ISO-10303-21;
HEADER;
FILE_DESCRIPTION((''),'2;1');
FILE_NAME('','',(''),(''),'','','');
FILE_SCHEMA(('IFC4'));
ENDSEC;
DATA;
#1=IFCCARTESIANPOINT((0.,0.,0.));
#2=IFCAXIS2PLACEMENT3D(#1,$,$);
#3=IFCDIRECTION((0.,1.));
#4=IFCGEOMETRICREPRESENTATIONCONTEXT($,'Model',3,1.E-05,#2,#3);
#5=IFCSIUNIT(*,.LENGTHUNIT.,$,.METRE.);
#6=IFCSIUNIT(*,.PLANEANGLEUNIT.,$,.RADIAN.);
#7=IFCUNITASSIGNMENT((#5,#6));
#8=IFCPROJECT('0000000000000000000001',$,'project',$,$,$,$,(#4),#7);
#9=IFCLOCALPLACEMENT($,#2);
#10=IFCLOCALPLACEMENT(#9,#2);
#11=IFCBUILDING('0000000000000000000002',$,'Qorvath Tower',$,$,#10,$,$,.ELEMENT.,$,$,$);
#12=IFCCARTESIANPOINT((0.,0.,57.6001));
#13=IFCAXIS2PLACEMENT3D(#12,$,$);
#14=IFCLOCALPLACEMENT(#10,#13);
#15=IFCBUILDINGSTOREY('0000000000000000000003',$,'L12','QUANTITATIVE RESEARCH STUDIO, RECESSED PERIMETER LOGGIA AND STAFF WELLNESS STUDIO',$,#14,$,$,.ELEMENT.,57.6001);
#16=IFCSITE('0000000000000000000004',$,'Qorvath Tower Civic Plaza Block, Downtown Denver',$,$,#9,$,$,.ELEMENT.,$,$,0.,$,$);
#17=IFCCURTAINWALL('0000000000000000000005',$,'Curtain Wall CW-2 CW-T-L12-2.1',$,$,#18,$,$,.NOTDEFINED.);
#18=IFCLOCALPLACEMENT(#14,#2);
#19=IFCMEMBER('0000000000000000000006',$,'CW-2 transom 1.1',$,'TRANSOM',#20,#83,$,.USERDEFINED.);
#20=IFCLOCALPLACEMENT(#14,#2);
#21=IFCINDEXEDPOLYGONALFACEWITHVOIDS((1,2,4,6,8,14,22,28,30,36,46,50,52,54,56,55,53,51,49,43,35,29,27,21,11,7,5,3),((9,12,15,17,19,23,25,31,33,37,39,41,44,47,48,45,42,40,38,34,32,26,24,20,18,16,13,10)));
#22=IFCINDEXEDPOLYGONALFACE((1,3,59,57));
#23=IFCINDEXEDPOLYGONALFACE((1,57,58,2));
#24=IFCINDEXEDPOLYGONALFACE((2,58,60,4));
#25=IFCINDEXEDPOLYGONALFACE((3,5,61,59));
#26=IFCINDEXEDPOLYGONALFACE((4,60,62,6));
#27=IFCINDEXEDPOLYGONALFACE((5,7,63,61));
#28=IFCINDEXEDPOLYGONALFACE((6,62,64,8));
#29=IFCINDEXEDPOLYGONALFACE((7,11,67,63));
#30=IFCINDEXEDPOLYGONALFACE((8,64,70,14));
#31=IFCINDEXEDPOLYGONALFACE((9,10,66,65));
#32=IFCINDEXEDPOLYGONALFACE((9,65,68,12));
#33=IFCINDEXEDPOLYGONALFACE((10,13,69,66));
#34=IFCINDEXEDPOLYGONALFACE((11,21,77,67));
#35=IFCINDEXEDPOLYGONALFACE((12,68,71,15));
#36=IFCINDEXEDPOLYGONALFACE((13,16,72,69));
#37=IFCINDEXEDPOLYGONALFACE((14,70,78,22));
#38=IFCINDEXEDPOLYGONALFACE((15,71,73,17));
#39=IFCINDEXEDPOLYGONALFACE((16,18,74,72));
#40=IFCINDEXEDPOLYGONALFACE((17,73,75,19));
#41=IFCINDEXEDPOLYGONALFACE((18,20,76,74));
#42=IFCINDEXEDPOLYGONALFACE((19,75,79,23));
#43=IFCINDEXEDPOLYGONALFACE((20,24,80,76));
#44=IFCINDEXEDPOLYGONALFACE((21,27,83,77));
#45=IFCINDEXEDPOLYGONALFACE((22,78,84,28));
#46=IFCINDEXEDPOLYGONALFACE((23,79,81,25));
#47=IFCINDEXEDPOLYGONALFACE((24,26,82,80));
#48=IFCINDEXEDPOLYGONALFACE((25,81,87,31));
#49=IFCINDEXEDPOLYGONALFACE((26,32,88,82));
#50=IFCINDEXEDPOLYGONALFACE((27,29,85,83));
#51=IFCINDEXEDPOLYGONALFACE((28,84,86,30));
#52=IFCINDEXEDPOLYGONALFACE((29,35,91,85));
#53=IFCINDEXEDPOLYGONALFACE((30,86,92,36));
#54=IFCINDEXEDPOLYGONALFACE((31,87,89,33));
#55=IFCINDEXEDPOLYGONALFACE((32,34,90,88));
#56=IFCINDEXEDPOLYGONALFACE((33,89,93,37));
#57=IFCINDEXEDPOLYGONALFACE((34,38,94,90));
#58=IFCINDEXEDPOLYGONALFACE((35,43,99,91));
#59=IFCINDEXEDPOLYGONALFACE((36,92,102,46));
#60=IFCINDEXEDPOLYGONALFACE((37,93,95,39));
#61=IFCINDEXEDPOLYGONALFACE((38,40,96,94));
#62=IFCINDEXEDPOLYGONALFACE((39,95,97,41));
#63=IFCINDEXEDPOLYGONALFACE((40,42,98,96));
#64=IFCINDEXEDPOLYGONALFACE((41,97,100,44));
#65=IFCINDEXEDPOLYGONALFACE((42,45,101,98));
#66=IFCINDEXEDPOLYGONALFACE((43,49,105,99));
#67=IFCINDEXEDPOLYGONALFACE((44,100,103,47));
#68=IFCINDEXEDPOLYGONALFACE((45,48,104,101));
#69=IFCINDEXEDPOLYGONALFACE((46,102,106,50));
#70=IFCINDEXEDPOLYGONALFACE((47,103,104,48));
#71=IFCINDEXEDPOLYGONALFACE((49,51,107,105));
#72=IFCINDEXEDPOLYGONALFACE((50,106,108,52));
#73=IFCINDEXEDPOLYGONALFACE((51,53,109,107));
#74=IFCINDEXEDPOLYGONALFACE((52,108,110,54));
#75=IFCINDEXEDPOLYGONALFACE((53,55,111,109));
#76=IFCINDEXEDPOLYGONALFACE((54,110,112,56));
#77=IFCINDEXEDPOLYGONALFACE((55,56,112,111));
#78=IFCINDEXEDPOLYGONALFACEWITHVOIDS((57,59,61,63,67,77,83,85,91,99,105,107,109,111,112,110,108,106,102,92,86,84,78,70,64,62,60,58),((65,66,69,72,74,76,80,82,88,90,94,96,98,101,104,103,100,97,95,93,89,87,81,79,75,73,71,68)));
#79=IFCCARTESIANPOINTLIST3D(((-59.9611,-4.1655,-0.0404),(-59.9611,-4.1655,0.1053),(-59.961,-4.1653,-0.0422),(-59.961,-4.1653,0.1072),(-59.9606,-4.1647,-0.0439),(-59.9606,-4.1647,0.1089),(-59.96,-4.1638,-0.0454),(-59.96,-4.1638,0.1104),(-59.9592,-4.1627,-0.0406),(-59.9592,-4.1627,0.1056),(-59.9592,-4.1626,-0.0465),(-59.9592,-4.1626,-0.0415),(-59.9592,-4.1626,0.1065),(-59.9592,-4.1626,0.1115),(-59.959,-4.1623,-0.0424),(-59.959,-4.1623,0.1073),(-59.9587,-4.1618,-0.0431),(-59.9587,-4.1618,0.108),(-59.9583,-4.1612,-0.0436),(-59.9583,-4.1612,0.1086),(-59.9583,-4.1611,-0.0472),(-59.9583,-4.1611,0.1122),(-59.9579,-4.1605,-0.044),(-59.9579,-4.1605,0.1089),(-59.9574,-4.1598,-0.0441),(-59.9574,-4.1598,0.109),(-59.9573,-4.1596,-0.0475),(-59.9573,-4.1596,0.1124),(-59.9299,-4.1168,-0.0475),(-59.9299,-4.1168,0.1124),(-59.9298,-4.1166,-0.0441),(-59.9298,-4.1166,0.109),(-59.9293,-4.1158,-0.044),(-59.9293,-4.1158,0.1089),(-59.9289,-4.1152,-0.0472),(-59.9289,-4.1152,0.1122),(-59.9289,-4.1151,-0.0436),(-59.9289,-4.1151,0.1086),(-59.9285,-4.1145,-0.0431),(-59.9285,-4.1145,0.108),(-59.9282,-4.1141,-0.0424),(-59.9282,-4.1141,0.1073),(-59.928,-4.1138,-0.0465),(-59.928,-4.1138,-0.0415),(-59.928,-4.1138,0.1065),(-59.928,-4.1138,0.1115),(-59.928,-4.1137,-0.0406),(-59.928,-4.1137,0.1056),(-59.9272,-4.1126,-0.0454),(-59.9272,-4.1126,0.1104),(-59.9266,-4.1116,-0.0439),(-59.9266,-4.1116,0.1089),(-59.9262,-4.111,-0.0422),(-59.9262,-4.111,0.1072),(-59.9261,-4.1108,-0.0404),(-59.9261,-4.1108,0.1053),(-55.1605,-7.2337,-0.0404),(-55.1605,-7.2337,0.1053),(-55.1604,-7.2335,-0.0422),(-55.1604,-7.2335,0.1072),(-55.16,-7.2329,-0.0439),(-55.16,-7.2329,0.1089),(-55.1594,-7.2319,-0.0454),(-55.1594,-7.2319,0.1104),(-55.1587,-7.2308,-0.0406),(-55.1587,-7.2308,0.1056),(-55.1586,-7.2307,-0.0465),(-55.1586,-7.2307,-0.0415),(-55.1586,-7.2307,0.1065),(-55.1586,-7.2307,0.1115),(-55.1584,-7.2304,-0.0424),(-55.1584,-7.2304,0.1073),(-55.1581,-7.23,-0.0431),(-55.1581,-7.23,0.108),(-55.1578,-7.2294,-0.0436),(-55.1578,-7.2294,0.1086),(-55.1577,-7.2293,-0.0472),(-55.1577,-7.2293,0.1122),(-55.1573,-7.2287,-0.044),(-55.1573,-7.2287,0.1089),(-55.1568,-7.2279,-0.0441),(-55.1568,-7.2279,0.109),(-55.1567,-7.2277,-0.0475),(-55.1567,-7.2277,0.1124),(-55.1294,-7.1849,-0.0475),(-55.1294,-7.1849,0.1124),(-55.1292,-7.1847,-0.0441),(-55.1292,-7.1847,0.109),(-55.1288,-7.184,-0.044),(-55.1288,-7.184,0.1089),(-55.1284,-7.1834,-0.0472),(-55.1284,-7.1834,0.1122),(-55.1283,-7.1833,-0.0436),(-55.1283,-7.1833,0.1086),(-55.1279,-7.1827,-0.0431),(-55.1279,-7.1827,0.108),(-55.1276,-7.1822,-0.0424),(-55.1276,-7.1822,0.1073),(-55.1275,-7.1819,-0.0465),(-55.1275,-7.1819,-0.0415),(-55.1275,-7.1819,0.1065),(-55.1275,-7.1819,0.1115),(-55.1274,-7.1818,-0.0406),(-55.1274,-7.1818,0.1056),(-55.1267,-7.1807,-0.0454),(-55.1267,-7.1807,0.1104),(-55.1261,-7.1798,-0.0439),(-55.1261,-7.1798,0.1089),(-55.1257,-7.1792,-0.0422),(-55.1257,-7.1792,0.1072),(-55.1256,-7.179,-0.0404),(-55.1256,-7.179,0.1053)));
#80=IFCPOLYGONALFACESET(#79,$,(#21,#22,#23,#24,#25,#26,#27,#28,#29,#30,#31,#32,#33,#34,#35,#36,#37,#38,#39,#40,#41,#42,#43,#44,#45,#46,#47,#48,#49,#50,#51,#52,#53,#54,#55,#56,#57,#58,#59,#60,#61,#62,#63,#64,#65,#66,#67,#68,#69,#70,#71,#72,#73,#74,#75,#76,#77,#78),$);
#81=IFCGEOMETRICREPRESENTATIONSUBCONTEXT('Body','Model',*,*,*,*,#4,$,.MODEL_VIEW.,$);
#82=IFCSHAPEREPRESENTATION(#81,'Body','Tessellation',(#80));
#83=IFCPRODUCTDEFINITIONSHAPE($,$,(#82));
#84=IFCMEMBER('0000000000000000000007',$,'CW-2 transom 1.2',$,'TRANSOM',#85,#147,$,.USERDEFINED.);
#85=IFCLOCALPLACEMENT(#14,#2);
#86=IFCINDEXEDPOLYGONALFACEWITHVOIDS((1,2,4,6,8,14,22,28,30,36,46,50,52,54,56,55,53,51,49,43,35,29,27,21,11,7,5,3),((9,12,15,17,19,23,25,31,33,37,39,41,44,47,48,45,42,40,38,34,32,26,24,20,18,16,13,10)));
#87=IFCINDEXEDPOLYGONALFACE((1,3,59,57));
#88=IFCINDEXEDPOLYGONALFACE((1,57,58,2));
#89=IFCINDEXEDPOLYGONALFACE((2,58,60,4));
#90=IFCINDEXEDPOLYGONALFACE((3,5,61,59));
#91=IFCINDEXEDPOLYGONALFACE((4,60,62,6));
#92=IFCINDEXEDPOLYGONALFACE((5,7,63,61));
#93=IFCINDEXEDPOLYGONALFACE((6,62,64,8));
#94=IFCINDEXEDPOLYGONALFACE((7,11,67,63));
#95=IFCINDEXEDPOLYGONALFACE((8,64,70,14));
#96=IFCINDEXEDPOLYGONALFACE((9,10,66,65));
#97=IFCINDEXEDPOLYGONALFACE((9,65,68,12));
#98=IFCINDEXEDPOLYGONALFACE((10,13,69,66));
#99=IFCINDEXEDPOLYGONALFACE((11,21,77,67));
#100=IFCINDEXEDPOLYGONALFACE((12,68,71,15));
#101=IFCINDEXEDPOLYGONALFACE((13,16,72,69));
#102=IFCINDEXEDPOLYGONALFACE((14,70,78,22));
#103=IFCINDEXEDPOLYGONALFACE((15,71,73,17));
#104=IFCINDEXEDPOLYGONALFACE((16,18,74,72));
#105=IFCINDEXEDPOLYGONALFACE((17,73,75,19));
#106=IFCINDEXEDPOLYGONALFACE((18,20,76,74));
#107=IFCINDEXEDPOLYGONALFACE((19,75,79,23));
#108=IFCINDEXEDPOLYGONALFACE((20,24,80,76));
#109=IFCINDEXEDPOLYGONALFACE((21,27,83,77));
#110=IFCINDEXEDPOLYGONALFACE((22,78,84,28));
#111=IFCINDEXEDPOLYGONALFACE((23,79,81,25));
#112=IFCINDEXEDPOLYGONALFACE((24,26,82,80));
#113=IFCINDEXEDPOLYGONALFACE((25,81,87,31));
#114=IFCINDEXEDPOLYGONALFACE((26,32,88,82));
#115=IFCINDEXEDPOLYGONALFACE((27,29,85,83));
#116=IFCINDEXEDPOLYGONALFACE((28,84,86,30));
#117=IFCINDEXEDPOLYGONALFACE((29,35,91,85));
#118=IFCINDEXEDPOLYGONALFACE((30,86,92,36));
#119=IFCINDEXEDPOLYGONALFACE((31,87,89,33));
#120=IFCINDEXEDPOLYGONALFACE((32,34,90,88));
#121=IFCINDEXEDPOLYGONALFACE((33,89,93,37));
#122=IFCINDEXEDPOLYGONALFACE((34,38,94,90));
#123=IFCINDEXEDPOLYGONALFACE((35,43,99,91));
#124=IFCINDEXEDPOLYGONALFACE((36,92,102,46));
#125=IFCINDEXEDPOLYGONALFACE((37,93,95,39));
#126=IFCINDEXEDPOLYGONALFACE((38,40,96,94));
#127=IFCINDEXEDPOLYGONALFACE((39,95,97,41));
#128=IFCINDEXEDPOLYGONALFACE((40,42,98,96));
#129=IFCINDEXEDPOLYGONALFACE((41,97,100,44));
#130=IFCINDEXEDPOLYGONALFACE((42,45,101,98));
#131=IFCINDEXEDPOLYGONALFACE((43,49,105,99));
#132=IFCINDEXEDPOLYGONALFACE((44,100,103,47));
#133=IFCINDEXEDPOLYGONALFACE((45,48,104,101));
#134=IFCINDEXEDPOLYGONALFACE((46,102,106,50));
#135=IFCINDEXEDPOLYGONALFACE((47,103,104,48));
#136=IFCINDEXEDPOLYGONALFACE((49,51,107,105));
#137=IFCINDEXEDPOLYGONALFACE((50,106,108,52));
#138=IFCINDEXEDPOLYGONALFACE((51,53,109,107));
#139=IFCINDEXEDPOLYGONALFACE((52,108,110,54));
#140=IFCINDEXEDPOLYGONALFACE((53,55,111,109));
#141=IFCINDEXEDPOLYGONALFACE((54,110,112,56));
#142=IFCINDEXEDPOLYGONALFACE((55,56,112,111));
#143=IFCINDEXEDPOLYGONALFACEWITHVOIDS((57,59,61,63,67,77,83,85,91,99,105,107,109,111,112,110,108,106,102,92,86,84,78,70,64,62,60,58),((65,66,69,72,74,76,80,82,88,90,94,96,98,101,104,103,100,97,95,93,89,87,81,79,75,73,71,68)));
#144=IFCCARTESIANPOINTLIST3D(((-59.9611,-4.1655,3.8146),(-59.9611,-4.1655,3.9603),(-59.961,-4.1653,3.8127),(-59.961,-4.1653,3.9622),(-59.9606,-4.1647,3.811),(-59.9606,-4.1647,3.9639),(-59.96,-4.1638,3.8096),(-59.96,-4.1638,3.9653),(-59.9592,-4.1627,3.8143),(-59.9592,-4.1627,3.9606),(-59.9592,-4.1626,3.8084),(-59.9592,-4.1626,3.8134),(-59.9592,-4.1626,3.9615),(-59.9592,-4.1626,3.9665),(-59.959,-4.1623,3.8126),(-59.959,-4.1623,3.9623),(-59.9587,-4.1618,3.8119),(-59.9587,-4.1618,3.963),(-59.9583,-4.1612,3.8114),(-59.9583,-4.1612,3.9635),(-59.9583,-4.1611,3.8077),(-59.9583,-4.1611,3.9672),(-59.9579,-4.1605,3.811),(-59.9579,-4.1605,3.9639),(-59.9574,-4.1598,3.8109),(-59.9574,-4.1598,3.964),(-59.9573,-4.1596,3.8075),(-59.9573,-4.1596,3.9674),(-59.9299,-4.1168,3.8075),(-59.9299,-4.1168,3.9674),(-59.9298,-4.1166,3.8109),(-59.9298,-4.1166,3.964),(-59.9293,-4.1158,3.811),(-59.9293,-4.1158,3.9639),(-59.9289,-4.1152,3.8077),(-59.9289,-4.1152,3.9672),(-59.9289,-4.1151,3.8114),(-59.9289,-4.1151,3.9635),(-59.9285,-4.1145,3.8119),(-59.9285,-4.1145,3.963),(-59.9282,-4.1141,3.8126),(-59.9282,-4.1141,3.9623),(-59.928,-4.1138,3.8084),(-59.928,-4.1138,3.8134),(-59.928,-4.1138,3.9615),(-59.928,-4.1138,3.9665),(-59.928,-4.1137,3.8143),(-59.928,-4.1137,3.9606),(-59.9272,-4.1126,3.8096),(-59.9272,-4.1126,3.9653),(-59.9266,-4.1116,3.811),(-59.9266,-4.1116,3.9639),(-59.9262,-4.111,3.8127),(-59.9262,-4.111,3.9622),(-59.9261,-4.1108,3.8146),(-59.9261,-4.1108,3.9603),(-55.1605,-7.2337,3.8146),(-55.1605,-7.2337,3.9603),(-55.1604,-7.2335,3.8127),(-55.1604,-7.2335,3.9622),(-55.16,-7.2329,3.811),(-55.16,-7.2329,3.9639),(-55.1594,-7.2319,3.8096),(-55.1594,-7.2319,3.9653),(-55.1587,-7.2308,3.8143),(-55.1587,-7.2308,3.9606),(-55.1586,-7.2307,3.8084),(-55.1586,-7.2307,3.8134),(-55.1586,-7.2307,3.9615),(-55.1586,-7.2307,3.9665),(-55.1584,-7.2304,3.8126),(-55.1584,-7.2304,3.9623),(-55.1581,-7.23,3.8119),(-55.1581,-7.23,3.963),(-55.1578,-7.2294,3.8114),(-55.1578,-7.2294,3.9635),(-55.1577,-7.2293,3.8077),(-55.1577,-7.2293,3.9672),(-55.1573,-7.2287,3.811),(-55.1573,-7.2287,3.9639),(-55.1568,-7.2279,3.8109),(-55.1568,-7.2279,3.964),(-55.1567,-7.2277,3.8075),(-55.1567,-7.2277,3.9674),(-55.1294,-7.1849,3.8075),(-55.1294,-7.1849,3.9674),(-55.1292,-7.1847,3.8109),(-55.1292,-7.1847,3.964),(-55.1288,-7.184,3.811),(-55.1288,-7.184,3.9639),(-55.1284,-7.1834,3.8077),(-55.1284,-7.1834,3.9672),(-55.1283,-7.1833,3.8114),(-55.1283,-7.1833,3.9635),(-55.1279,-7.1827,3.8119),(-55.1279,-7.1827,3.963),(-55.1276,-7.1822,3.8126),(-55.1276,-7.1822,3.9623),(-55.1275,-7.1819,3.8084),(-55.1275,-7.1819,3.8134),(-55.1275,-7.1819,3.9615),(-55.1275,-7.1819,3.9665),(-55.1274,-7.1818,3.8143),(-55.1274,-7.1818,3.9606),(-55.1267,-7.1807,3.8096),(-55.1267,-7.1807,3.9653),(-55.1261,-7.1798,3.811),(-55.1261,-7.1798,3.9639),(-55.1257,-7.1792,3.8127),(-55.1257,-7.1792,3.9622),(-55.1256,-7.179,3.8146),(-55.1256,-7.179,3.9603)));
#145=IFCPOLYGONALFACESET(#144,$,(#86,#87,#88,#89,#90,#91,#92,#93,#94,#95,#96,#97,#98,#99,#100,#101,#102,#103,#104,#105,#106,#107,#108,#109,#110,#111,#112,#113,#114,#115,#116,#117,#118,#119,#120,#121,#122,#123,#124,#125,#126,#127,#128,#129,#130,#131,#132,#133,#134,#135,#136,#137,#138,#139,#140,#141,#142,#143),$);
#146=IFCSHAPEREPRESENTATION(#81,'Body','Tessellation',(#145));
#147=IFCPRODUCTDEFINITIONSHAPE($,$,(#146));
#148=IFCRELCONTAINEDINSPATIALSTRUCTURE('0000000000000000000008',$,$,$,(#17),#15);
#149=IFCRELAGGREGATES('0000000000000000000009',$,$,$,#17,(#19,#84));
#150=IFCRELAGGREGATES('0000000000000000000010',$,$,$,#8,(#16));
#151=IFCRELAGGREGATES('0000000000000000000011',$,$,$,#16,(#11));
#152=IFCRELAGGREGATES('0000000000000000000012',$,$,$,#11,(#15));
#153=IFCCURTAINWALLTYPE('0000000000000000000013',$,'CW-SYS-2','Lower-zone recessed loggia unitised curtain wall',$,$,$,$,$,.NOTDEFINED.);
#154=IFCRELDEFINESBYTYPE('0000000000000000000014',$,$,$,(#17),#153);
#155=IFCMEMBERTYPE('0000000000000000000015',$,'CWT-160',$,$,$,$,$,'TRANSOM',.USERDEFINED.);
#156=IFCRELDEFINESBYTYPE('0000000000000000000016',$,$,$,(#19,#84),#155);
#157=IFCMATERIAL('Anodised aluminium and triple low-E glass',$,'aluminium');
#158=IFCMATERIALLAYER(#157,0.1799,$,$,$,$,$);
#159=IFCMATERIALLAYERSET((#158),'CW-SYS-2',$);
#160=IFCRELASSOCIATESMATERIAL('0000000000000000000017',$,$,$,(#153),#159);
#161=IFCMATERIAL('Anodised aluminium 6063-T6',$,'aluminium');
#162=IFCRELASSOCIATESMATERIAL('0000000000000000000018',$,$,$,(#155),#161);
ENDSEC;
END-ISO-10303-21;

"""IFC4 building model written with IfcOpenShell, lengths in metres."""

from ifc_helpers import new_model, si_unit, direction, frame, origin, origin_2d, place, context, subcontext, project, spatial, hollow_rectangle, extrude, material, layer, layer_set, material_profile, profile_set, type_object, element, aggregate, save


model = new_model("IFC4")

# Units and contexts
model_context = context("Model", 3, precision=1e-05, world=origin(), true_north=direction((0.0, 1.0)))
body_context = subcontext(model_context, "Body", "Model", "MODEL_VIEW")
ifc_project = project(units=[si_unit("LENGTHUNIT", "METRE"), si_unit("PLANEANGLEUNIT", "RADIAN")], contexts=[model_context])

# Site, building, storey
site_placement = place(None, origin())
site = spatial("IfcSite", under=ifc_project, at=site_placement, Name="Qorvath Tower Civic Plaza Block, Downtown Denver", CompositionType="ELEMENT", RefElevation=0.0)
building_placement = place(site_placement, origin())
building = spatial("IfcBuilding", under=site, at=building_placement, Name="Qorvath Tower", CompositionType="ELEMENT")
storey_placement = place(building_placement, frame((0.0, 0.0, 57.6001)))
storey = spatial("IfcBuildingStorey", under=building, at=storey_placement, Name="L12", Description="QUANTITATIVE RESEARCH STUDIO, RECESSED PERIMETER LOGGIA AND STAFF WELLNESS STUDIO", CompositionType="ELEMENT", Elevation=57.6001)

# Curtain wall, members
ifc_material_1 = material(Name="Anodised aluminium and triple low-E glass", Category="aluminium")
ifc_layer_1 = layer(ifc_material_1, 0.1799)
ifc_layer_set_1 = layer_set([ifc_layer_1], Name="CW-SYS-2")
curtain_wall_type = type_object("IfcCurtainWallType", Name="CW-SYS-2", Description="Lower-zone recessed loggia unitised curtain wall", PredefinedType="NOTDEFINED", material=ifc_layer_set_1)
curtain_wall_placement = place(storey_placement, origin())
curtain_wall = element("IfcCurtainWall", 1, at=curtain_wall_placement, inside=storey, type_object=curtain_wall_type, Name="Curtain Wall CW-2 CW-T-L12-2.1", PredefinedType="NOTDEFINED")
ifc_material_2 = material(Name="Anodised aluminium 6063-T6", Category="aluminium")
ifc_material_profile_1 = material_profile(ifc_material_2, hollow_rectangle(XDim=0.0649, YDim=0.1599, WallThickness=0.0034, InnerFilletRadius=0.0034, OuterFilletRadius=0.0071, at=origin_2d()), Name="CWT 160x65")
ifc_profile_set_1 = profile_set([ifc_material_profile_1], Name="Anodised aluminium 6063-T6")
member_type_1 = type_object("IfcMemberType", Name="CWT-160", ElementType="TRANSOM", PredefinedType="USERDEFINED", material=ifc_profile_set_1)
member_1_placement = place(storey_placement, frame((-59.9436, -4.1382, 0.0325), z_axis=(0.842608, -0.538527, 0.0), x_axis=(0.538527, 0.842608, 0.0)))
member_1 = element("IfcMember", 2, at=member_1_placement, type_object=member_type_1, Name="CW-2 transom 1.1", ObjectType="TRANSOM", PredefinedType="USERDEFINED", context=body_context, shape_type="SweptSolid", body=[
    extrude(hollow_rectangle(XDim=0.0649, YDim=0.1599, WallThickness=0.0034, InnerFilletRadius=0.0034, OuterFilletRadius=0.0071, at=origin_2d()), origin(), (0.0, 0.0, 1.0), 5.6973),
])
member_2_placement = place(storey_placement, frame((-59.9436, -4.1382, 3.8875), z_axis=(0.842608, -0.538527, 0.0), x_axis=(0.538527, 0.842608, 0.0)))
member_2 = element("IfcMember", 3, at=member_2_placement, type_object=member_type_1, Name="CW-2 transom 1.2", ObjectType="TRANSOM", PredefinedType="USERDEFINED", context=body_context, shape_type="SweptSolid", body=[
    extrude(hollow_rectangle(XDim=0.0649, YDim=0.1599, WallThickness=0.0034, InnerFilletRadius=0.0034, OuterFilletRadius=0.0071, at=origin_2d()), origin(), (0.0, 0.0, 1.0), 5.6973),
])
aggregate(curtain_wall, [member_1, member_2])

save(model, "model.ifc")
